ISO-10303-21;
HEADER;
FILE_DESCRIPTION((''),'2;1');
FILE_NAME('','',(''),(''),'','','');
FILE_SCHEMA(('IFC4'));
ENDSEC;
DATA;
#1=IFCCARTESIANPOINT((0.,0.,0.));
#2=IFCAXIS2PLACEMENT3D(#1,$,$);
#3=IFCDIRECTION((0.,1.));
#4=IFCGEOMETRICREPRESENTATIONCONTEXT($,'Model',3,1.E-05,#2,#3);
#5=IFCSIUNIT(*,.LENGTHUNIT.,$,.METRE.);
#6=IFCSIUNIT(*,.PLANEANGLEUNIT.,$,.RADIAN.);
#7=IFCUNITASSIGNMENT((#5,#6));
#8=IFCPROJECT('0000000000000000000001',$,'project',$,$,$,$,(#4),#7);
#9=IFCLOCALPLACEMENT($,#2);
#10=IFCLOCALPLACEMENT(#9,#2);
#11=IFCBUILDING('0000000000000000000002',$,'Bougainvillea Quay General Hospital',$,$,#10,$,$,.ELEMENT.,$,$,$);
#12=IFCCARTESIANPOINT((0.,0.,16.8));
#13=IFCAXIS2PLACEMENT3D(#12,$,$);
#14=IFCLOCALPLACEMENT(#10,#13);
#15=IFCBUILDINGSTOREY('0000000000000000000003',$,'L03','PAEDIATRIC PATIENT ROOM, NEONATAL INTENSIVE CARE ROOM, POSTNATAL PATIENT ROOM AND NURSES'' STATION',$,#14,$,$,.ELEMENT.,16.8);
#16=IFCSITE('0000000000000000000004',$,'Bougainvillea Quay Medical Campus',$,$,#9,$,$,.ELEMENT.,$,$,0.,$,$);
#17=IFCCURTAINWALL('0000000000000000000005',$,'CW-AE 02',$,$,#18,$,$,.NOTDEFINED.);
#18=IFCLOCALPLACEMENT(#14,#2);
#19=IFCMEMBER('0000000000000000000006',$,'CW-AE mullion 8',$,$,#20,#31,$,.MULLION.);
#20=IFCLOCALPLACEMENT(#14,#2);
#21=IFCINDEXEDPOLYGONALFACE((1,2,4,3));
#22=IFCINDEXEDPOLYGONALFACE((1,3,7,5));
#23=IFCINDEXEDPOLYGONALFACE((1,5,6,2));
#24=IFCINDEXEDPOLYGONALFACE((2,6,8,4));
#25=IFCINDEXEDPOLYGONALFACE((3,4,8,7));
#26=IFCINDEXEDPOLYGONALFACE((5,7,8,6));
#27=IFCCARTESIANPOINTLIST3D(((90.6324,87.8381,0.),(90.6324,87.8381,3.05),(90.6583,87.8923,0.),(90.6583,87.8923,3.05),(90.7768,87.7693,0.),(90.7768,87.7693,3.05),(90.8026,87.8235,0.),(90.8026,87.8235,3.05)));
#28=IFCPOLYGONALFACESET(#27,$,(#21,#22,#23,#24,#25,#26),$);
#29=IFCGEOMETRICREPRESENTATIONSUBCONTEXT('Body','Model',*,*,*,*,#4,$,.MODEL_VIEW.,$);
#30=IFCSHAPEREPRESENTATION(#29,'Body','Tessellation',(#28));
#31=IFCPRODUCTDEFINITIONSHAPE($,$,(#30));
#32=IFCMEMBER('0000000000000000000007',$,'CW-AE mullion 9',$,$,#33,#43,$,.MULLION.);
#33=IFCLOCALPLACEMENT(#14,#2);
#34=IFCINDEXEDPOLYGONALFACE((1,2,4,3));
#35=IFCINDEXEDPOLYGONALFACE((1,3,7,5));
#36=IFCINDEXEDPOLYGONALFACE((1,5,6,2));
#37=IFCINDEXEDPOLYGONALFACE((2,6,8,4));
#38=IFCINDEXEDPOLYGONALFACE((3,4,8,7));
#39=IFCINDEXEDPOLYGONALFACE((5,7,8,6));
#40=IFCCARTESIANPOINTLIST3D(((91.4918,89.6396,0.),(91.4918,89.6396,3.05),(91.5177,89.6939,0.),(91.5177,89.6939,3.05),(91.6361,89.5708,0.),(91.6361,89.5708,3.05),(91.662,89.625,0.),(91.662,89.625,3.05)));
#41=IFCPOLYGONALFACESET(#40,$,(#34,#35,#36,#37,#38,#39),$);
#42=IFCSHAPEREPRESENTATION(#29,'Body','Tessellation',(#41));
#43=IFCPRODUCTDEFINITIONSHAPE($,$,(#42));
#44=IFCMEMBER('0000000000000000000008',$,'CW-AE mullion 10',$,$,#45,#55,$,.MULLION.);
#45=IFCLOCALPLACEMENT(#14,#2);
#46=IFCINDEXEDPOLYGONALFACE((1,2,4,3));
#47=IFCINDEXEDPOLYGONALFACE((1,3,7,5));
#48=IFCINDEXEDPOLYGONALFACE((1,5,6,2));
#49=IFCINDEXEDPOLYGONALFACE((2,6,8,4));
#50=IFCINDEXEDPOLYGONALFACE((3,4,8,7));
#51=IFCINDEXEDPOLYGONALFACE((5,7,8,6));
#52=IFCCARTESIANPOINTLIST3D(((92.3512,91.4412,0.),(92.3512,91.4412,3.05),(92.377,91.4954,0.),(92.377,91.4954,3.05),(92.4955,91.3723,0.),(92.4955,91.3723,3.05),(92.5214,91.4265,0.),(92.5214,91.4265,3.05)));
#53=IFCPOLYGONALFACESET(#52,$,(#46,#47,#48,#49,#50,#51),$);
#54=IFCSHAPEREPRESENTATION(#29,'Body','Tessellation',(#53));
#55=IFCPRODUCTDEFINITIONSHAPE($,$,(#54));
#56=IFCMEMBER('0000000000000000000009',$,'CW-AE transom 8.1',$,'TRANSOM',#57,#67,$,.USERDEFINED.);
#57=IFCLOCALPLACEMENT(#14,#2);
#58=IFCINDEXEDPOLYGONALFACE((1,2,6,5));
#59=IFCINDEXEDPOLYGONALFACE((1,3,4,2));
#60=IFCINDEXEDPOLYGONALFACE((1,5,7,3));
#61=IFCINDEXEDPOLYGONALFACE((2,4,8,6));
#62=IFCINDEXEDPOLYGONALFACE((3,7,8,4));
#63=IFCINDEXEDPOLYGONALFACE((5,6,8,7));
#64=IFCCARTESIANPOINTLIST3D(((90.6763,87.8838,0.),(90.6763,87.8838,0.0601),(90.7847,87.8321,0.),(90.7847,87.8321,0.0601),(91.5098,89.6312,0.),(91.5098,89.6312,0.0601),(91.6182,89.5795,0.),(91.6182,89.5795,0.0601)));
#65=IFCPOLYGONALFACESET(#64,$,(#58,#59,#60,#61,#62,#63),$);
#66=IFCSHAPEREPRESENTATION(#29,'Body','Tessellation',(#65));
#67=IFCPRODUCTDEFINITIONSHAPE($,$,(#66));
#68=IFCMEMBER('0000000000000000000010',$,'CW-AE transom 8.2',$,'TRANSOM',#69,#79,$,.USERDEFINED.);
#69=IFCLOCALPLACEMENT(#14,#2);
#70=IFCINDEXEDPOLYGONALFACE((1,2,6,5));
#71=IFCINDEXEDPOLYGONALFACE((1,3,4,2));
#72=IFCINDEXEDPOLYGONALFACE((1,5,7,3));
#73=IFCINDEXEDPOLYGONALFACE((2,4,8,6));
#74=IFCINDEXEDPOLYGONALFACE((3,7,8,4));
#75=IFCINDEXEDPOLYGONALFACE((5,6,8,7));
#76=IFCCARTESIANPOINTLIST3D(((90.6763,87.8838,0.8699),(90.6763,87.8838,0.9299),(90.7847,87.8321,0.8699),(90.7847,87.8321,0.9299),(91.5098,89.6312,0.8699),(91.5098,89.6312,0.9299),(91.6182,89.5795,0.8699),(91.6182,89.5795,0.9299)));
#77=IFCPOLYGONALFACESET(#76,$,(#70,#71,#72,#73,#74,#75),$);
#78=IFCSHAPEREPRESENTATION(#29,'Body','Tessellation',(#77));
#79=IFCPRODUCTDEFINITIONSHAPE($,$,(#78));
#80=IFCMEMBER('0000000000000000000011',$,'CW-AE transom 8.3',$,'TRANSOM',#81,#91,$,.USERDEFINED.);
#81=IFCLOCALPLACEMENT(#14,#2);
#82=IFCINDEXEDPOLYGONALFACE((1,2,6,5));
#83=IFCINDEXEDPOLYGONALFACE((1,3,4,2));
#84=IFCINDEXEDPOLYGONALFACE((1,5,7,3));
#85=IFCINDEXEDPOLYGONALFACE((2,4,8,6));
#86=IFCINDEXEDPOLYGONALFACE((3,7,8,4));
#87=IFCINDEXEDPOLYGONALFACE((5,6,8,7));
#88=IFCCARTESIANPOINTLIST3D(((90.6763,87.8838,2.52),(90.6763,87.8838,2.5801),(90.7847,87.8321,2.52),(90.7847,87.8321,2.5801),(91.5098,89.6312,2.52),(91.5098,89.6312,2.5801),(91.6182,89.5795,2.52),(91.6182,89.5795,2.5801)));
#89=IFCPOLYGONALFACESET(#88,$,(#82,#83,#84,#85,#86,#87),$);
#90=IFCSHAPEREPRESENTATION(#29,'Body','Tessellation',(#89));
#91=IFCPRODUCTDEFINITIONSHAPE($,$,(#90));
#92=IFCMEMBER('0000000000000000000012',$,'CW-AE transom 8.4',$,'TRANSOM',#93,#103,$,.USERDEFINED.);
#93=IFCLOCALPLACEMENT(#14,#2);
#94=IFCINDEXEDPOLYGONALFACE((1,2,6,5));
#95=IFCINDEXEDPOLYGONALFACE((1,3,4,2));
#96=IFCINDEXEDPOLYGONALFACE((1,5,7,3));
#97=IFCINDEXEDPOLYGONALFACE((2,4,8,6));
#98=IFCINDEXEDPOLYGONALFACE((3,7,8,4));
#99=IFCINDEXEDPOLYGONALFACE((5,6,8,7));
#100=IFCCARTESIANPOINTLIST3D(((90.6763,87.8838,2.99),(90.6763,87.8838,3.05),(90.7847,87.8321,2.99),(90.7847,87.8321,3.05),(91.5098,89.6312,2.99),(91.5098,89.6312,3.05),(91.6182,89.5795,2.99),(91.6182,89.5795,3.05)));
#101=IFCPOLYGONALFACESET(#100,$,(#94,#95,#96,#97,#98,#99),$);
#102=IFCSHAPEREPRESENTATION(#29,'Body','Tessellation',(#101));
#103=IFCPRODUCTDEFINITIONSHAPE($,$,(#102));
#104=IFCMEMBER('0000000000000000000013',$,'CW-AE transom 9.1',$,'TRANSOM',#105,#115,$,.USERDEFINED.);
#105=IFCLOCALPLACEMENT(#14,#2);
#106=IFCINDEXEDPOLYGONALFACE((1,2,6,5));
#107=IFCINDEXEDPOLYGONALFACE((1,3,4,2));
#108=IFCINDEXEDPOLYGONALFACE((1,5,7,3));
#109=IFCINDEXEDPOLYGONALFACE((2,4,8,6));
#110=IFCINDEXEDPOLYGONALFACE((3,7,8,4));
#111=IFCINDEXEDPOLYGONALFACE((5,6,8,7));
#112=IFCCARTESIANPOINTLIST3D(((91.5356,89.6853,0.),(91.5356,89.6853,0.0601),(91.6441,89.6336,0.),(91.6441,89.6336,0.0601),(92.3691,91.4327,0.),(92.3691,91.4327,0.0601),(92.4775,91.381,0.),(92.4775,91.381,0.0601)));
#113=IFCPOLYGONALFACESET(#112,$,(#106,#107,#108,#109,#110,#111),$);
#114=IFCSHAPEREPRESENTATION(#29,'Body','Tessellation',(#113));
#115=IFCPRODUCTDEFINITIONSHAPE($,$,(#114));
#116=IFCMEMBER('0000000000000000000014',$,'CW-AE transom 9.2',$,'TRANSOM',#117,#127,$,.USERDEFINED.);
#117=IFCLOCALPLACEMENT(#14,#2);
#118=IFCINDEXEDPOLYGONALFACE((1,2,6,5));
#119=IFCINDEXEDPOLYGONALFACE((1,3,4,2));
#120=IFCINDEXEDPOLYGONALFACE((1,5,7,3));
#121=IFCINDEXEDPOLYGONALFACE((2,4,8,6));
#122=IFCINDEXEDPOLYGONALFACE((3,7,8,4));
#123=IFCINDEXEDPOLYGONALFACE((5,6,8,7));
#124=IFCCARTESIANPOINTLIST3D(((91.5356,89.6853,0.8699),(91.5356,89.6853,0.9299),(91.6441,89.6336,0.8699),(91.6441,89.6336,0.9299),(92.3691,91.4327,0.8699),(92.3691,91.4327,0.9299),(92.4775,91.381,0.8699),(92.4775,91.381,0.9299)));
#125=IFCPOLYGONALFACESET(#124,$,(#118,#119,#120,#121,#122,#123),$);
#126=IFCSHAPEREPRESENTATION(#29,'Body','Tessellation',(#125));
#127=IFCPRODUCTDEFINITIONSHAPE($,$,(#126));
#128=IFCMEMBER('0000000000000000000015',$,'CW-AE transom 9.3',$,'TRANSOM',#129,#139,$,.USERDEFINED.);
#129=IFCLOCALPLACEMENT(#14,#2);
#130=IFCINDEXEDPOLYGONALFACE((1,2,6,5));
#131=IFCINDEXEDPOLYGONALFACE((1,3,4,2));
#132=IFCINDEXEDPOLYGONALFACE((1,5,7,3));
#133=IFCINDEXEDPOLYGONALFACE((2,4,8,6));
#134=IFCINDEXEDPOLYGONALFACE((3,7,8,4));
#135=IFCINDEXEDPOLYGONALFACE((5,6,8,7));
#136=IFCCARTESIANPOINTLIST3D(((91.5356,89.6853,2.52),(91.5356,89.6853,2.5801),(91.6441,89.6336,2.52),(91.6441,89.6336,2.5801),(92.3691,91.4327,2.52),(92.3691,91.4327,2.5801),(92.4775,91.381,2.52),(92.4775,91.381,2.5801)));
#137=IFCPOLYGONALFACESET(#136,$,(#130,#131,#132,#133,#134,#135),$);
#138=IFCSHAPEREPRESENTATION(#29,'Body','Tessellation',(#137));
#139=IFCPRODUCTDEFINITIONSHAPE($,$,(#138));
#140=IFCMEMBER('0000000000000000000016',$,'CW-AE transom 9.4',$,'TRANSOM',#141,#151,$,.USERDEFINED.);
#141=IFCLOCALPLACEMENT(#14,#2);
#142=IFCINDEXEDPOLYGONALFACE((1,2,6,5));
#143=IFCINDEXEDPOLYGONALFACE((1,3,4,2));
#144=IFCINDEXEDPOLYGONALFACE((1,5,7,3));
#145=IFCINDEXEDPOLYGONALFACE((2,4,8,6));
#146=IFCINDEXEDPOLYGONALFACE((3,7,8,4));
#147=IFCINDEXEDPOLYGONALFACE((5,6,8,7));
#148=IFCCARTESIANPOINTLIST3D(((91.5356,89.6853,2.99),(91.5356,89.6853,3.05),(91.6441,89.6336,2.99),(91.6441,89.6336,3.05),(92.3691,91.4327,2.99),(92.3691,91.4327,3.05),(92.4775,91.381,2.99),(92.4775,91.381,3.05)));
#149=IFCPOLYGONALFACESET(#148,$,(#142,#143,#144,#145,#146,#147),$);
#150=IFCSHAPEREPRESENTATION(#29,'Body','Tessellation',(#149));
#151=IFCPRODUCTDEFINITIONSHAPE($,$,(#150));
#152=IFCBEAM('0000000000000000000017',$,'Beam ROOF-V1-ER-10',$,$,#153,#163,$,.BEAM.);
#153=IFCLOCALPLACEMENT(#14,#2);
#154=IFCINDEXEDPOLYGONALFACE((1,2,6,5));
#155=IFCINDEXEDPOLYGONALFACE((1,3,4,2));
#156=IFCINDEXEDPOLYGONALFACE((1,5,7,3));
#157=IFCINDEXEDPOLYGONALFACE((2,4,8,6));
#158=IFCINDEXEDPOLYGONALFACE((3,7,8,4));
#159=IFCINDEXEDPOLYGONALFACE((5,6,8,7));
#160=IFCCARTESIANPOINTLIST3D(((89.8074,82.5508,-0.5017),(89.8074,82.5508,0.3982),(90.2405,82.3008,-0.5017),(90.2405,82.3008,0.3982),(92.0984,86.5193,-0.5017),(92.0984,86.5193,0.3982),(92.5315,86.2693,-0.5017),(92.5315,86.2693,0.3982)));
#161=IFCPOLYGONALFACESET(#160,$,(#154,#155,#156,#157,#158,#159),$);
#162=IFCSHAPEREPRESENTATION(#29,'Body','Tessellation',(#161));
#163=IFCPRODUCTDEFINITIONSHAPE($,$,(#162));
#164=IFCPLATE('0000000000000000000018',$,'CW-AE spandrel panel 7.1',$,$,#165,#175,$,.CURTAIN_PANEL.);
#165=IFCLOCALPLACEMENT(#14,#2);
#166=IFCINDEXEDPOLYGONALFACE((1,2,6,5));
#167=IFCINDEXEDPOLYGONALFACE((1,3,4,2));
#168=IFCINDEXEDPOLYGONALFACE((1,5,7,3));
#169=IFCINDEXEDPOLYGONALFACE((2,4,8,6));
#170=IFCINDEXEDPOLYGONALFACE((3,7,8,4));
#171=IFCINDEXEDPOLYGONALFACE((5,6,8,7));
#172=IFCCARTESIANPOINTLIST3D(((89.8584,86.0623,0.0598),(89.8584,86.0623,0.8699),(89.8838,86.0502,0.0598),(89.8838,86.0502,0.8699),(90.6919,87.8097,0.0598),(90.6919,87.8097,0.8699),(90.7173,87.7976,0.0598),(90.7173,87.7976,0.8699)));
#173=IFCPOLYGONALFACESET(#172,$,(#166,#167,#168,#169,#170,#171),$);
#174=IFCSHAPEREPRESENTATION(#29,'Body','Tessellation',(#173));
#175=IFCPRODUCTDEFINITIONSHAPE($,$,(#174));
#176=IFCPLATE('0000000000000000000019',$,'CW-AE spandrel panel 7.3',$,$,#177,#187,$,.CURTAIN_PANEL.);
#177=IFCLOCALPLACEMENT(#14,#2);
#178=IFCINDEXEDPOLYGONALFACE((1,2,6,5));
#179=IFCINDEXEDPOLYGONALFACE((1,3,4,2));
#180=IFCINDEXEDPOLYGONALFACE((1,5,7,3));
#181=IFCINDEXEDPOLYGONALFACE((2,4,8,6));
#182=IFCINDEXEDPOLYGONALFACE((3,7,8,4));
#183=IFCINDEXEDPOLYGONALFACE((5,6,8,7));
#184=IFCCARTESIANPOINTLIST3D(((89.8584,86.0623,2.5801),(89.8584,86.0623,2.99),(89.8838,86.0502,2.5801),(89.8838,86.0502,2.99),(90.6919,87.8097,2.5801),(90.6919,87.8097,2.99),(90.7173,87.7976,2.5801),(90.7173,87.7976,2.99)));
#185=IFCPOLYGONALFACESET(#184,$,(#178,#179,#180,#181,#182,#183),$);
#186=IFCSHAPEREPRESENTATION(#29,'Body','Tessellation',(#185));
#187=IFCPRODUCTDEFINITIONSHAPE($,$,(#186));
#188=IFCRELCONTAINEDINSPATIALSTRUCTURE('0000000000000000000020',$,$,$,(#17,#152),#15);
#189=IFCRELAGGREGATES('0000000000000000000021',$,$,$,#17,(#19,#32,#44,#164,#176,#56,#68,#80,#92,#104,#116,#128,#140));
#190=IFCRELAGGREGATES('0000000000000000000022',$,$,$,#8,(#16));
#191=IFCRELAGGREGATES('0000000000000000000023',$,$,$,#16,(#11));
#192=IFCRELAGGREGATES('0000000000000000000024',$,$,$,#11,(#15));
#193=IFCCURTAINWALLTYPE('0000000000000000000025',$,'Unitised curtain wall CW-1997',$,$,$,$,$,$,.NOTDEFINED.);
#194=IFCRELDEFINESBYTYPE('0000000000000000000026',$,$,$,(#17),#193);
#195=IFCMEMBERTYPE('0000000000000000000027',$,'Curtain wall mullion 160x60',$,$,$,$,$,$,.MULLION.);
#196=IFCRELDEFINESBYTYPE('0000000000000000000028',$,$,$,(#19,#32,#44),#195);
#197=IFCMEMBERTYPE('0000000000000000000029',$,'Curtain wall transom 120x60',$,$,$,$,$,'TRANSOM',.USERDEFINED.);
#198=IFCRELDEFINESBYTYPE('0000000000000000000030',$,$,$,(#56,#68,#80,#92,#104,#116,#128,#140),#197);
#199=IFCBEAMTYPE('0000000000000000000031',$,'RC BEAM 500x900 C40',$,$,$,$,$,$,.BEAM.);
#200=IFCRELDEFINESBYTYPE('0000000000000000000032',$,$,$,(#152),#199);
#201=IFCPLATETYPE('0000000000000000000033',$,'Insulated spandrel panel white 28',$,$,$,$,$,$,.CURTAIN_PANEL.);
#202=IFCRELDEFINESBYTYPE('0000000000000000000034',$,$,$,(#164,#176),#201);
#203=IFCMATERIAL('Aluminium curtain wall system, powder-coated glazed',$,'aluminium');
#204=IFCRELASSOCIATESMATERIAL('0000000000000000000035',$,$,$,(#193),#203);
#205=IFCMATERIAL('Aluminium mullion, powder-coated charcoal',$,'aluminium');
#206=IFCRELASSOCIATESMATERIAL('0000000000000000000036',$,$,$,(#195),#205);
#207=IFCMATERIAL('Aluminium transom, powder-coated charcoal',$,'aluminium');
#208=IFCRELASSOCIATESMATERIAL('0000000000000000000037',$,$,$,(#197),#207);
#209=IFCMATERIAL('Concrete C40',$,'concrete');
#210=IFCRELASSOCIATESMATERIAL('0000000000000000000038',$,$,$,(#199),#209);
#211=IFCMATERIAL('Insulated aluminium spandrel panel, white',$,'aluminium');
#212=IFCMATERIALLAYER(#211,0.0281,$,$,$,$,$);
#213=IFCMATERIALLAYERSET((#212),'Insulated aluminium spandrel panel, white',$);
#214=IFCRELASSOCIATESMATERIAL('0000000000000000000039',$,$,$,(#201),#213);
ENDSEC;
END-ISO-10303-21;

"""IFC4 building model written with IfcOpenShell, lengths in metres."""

from ifc_helpers import new_model, si_unit, direction, frame, origin, origin_2d, place, context, subcontext, project, spatial, rectangle, extrude, material, layer, layer_set, material_profile, profile_set, type_object, element, aggregate, save


model = new_model("IFC4")

# Units and contexts
model_context = context("Model", 3, precision=1e-05, world=origin(), true_north=direction((0.0, 1.0)))
body_context = subcontext(model_context, "Body", "Model", "MODEL_VIEW")
ifc_project = project(units=[si_unit("LENGTHUNIT", "METRE"), si_unit("PLANEANGLEUNIT", "RADIAN")], contexts=[model_context])

# Site, building, storey
site_placement = place(None, origin())
site = spatial("IfcSite", under=ifc_project, at=site_placement, Name="Bougainvillea Quay Medical Campus", CompositionType="ELEMENT", RefElevation=0.0)
building_placement = place(site_placement, origin())
building = spatial("IfcBuilding", under=site, at=building_placement, Name="Bougainvillea Quay General Hospital", CompositionType="ELEMENT")
storey_placement = place(building_placement, frame((0.0, 0.0, 16.8)))
storey = spatial("IfcBuildingStorey", under=building, at=storey_placement, Name="L03", Description="PAEDIATRIC PATIENT ROOM, NEONATAL INTENSIVE CARE ROOM, POSTNATAL PATIENT ROOM AND NURSES' STATION", CompositionType="ELEMENT", Elevation=16.8)

# Curtain wall, members
ifc_material_1 = material(Name="Aluminium curtain wall system, powder-coated glazed", Category="aluminium")
curtain_wall_type = type_object("IfcCurtainWallType", Name="Unitised curtain wall CW-1997", PredefinedType="NOTDEFINED", material=ifc_material_1)
curtain_wall_placement = place(storey_placement, origin())
curtain_wall = element("IfcCurtainWall", 1, at=curtain_wall_placement, inside=storey, type_object=curtain_wall_type, Name="CW-AE 02", PredefinedType="NOTDEFINED")
ifc_material_2 = material(Name="Aluminium mullion, powder-coated charcoal", Category="aluminium")
ifc_material_profile_1 = material_profile(ifc_material_2, rectangle(XDim=0.1599, YDim=0.0601, at=origin_2d()))
ifc_profile_set_1 = profile_set([ifc_material_profile_1], Name="Aluminium mullion, powder-coated charcoal")
member_type_1 = type_object("IfcMemberType", Name="Curtain wall mullion 160x60", PredefinedType="MULLION", material=ifc_profile_set_1)
member_1_placement = place(storey_placement, frame((90.7175, 87.8308, 0.0), z_axis=(0.0, 0.0, 1.0), x_axis=(-0.902578, 0.430525, 0.0)))
member_1 = element("IfcMember", 2, at=member_1_placement, type_object=member_type_1, Name="CW-AE mullion 8", PredefinedType="MULLION", context=body_context, shape_type="SweptSolid", body=[
    extrude(rectangle(XDim=0.1599, YDim=0.0601, at=origin_2d()), origin(), (0.0, 0.0, 1.0), 3.05),
])
member_2_placement = place(storey_placement, frame((91.5769, 89.6323, 0.0), z_axis=(0.0, 0.0, 1.0), x_axis=(-0.902578, 0.430525, 0.0)))
member_2 = element("IfcMember", 3, at=member_2_placement, type_object=member_type_1, Name="CW-AE mullion 9", PredefinedType="MULLION", context=body_context, shape_type="SweptSolid", body=[
    extrude(rectangle(XDim=0.1599, YDim=0.0601, at=origin_2d()), origin(), (0.0, 0.0, 1.0), 3.05),
])
member_3_placement = place(storey_placement, frame((92.4363, 91.4338, 0.0), z_axis=(0.0, 0.0, 1.0), x_axis=(-0.902578, 0.430525, 0.0)))
member_3 = element("IfcMember", 4, at=member_3_placement, type_object=member_type_1, Name="CW-AE mullion 10", PredefinedType="MULLION", context=body_context, shape_type="SweptSolid", body=[
    extrude(rectangle(XDim=0.1599, YDim=0.0601, at=origin_2d()), origin(), (0.0, 0.0, 1.0), 3.05),
])
ifc_material_3 = material(Name="Aluminium transom, powder-coated charcoal", Category="aluminium")
ifc_material_profile_2 = material_profile(ifc_material_3, rectangle(XDim=0.1201, YDim=0.0601, at=origin_2d()))
ifc_profile_set_2 = profile_set([ifc_material_profile_2], Name="Aluminium transom, powder-coated charcoal")
member_type_2 = type_object("IfcMemberType", Name="Curtain wall transom 120x60", ElementType="TRANSOM", PredefinedType="USERDEFINED", material=ifc_profile_set_2)
member_4_placement = place(storey_placement, frame((90.7305, 87.8579, 0.03), z_axis=(0.43054, 0.902571, 0.0), x_axis=(-0.902571, 0.43054, 0.0)))
member_4 = element("IfcMember", 5, at=member_4_placement, type_object=member_type_2, Name="CW-AE transom 8.1", ObjectType="TRANSOM", PredefinedType="USERDEFINED", context=body_context, shape_type="SweptSolid", body=[
    extrude(rectangle(XDim=0.1201, YDim=0.0601, at=origin_2d()), origin(), (0.0, 0.0, 1.0), 1.936),
])
member_5_placement = place(storey_placement, frame((90.7305, 87.8579, 0.8999), z_axis=(0.43054, 0.902571, 0.0), x_axis=(-0.902571, 0.43054, 0.0)))
member_5 = element("IfcMember", 6, at=member_5_placement, type_object=member_type_2, Name="CW-AE transom 8.2", ObjectType="TRANSOM", PredefinedType="USERDEFINED", context=body_context, shape_type="SweptSolid", body=[
    extrude(rectangle(XDim=0.1201, YDim=0.0601, at=origin_2d()), origin(), (0.0, 0.0, 1.0), 1.936),
])
member_6_placement = place(storey_placement, frame((90.7305, 87.8579, 2.55), z_axis=(0.43054, 0.902571, 0.0), x_axis=(-0.902571, 0.43054, 0.0)))
member_6 = element("IfcMember", 7, at=member_6_placement, type_object=member_type_2, Name="CW-AE transom 8.3", ObjectType="TRANSOM", PredefinedType="USERDEFINED", context=body_context, shape_type="SweptSolid", body=[
    extrude(rectangle(XDim=0.1201, YDim=0.0601, at=origin_2d()), origin(), (0.0, 0.0, 1.0), 1.936),
])
member_7_placement = place(storey_placement, frame((90.7305, 87.8579, 3.02), z_axis=(0.43054, 0.902571, 0.0), x_axis=(-0.902571, 0.43054, 0.0)))
member_7 = element("IfcMember", 8, at=member_7_placement, type_object=member_type_2, Name="CW-AE transom 8.4", ObjectType="TRANSOM", PredefinedType="USERDEFINED", context=body_context, shape_type="SweptSolid", body=[
    extrude(rectangle(XDim=0.1201, YDim=0.0601, at=origin_2d()), origin(), (0.0, 0.0, 1.0), 1.936),
])
member_8_placement = place(storey_placement, frame((91.5898, 89.6594, 0.03), z_axis=(0.430491, 0.902595, 0.0), x_axis=(-0.902595, 0.430491, 0.0)))
member_8 = element("IfcMember", 9, at=member_8_placement, type_object=member_type_2, Name="CW-AE transom 9.1", ObjectType="TRANSOM", PredefinedType="USERDEFINED", context=body_context, shape_type="SweptSolid", body=[
    extrude(rectangle(XDim=0.1201, YDim=0.0601, at=origin_2d()), origin(), (0.0, 0.0, 1.0), 1.936),
])
member_9_placement = place(storey_placement, frame((91.5898, 89.6594, 0.8999), z_axis=(0.430491, 0.902595, 0.0), x_axis=(-0.902595, 0.430491, 0.0)))
member_9 = element("IfcMember", 10, at=member_9_placement, type_object=member_type_2, Name="CW-AE transom 9.2", ObjectType="TRANSOM", PredefinedType="USERDEFINED", context=body_context, shape_type="SweptSolid", body=[
    extrude(rectangle(XDim=0.1201, YDim=0.0601, at=origin_2d()), origin(), (0.0, 0.0, 1.0), 1.936),
])
member_10_placement = place(storey_placement, frame((91.5898, 89.6594, 2.55), z_axis=(0.430491, 0.902595, 0.0), x_axis=(-0.902595, 0.430491, 0.0)))
member_10 = element("IfcMember", 11, at=member_10_placement, type_object=member_type_2, Name="CW-AE transom 9.3", ObjectType="TRANSOM", PredefinedType="USERDEFINED", context=body_context, shape_type="SweptSolid", body=[
    extrude(rectangle(XDim=0.1201, YDim=0.0601, at=origin_2d()), origin(), (0.0, 0.0, 1.0), 1.936),
])
member_11_placement = place(storey_placement, frame((91.5898, 89.6594, 3.02), z_axis=(0.430491, 0.902595, 0.0), x_axis=(-0.902595, 0.430491, 0.0)))
member_11 = element("IfcMember", 12, at=member_11_placement, type_object=member_type_2, Name="CW-AE transom 9.4", ObjectType="TRANSOM", PredefinedType="USERDEFINED", context=body_context, shape_type="SweptSolid", body=[
    extrude(rectangle(XDim=0.1201, YDim=0.0601, at=origin_2d()), origin(), (0.0, 0.0, 1.0), 1.936),
])

# Beam
ifc_material_4 = material(Name="Concrete C40", Category="concrete")
ifc_material_profile_3 = material_profile(ifc_material_4, rectangle(XDim=0.5, YDim=0.8999, at=origin_2d()))
ifc_profile_set_3 = profile_set([ifc_material_profile_3], Name="Concrete C40")
beam_type = type_object("IfcBeamType", Name="RC BEAM 500x900 C40", PredefinedType="BEAM", material=ifc_profile_set_3)
beam_placement = place(storey_placement, frame((92.3149, 86.3943, -0.0518), z_axis=(-0.499967, -0.866045, 0.0), x_axis=(0.866045, -0.499967, 0.0)))
element("IfcBeam", 13, at=beam_placement, inside=storey, type_object=beam_type, Name="Beam ROOF-V1-ER-10", PredefinedType="BEAM", context=body_context, shape_type="SweptSolid", body=[
    extrude(rectangle(XDim=0.5, YDim=0.8999, at=origin_2d()), origin(), (0.0, 0.0, 1.0), 4.5823),
])

# Plates
ifc_material_5 = material(Name="Insulated aluminium spandrel panel, white", Category="aluminium")
ifc_layer_1 = layer(ifc_material_5, 0.0281)
ifc_layer_set_1 = layer_set([ifc_layer_1], Name="Insulated aluminium spandrel panel, white")
plate_type_1 = type_object("IfcPlateType", Name="Insulated spandrel panel white 28", PredefinedType="CURTAIN_PANEL", material=ifc_layer_set_1)
plate_1_placement = place(storey_placement, frame((90.2878, 86.9299, 0.0598), z_axis=(0.0, 0.0, 1.0), x_axis=(0.430525, 0.902578, 0.0)))
plate_1 = element("IfcPlate", 14, at=plate_1_placement, type_object=plate_type_1, Name="CW-AE spandrel panel 7.1", PredefinedType="CURTAIN_PANEL", context=body_context, shape_type="SweptSolid", body=[
    extrude(rectangle(XDim=1.936, YDim=0.0281, at=origin_2d()), origin(), (0.0, 0.0, 1.0), 0.8101),
])
plate_2_placement = place(storey_placement, frame((90.2878, 86.9299, 2.5801), z_axis=(0.0, 0.0, 1.0), x_axis=(0.430525, 0.902578, 0.0)))
plate_2 = element("IfcPlate", 15, at=plate_2_placement, type_object=plate_type_1, Name="CW-AE spandrel panel 7.3", PredefinedType="CURTAIN_PANEL", context=body_context, shape_type="SweptSolid", body=[
    extrude(rectangle(XDim=1.936, YDim=0.0281, at=origin_2d()), origin(), (0.0, 0.0, 1.0), 0.4099),
])
aggregate(curtain_wall, [member_1, member_2, member_3, plate_1, plate_2, member_4, member_5, member_6, member_7, member_8, member_9, member_10, member_11])

save(model, "model.ifc")
